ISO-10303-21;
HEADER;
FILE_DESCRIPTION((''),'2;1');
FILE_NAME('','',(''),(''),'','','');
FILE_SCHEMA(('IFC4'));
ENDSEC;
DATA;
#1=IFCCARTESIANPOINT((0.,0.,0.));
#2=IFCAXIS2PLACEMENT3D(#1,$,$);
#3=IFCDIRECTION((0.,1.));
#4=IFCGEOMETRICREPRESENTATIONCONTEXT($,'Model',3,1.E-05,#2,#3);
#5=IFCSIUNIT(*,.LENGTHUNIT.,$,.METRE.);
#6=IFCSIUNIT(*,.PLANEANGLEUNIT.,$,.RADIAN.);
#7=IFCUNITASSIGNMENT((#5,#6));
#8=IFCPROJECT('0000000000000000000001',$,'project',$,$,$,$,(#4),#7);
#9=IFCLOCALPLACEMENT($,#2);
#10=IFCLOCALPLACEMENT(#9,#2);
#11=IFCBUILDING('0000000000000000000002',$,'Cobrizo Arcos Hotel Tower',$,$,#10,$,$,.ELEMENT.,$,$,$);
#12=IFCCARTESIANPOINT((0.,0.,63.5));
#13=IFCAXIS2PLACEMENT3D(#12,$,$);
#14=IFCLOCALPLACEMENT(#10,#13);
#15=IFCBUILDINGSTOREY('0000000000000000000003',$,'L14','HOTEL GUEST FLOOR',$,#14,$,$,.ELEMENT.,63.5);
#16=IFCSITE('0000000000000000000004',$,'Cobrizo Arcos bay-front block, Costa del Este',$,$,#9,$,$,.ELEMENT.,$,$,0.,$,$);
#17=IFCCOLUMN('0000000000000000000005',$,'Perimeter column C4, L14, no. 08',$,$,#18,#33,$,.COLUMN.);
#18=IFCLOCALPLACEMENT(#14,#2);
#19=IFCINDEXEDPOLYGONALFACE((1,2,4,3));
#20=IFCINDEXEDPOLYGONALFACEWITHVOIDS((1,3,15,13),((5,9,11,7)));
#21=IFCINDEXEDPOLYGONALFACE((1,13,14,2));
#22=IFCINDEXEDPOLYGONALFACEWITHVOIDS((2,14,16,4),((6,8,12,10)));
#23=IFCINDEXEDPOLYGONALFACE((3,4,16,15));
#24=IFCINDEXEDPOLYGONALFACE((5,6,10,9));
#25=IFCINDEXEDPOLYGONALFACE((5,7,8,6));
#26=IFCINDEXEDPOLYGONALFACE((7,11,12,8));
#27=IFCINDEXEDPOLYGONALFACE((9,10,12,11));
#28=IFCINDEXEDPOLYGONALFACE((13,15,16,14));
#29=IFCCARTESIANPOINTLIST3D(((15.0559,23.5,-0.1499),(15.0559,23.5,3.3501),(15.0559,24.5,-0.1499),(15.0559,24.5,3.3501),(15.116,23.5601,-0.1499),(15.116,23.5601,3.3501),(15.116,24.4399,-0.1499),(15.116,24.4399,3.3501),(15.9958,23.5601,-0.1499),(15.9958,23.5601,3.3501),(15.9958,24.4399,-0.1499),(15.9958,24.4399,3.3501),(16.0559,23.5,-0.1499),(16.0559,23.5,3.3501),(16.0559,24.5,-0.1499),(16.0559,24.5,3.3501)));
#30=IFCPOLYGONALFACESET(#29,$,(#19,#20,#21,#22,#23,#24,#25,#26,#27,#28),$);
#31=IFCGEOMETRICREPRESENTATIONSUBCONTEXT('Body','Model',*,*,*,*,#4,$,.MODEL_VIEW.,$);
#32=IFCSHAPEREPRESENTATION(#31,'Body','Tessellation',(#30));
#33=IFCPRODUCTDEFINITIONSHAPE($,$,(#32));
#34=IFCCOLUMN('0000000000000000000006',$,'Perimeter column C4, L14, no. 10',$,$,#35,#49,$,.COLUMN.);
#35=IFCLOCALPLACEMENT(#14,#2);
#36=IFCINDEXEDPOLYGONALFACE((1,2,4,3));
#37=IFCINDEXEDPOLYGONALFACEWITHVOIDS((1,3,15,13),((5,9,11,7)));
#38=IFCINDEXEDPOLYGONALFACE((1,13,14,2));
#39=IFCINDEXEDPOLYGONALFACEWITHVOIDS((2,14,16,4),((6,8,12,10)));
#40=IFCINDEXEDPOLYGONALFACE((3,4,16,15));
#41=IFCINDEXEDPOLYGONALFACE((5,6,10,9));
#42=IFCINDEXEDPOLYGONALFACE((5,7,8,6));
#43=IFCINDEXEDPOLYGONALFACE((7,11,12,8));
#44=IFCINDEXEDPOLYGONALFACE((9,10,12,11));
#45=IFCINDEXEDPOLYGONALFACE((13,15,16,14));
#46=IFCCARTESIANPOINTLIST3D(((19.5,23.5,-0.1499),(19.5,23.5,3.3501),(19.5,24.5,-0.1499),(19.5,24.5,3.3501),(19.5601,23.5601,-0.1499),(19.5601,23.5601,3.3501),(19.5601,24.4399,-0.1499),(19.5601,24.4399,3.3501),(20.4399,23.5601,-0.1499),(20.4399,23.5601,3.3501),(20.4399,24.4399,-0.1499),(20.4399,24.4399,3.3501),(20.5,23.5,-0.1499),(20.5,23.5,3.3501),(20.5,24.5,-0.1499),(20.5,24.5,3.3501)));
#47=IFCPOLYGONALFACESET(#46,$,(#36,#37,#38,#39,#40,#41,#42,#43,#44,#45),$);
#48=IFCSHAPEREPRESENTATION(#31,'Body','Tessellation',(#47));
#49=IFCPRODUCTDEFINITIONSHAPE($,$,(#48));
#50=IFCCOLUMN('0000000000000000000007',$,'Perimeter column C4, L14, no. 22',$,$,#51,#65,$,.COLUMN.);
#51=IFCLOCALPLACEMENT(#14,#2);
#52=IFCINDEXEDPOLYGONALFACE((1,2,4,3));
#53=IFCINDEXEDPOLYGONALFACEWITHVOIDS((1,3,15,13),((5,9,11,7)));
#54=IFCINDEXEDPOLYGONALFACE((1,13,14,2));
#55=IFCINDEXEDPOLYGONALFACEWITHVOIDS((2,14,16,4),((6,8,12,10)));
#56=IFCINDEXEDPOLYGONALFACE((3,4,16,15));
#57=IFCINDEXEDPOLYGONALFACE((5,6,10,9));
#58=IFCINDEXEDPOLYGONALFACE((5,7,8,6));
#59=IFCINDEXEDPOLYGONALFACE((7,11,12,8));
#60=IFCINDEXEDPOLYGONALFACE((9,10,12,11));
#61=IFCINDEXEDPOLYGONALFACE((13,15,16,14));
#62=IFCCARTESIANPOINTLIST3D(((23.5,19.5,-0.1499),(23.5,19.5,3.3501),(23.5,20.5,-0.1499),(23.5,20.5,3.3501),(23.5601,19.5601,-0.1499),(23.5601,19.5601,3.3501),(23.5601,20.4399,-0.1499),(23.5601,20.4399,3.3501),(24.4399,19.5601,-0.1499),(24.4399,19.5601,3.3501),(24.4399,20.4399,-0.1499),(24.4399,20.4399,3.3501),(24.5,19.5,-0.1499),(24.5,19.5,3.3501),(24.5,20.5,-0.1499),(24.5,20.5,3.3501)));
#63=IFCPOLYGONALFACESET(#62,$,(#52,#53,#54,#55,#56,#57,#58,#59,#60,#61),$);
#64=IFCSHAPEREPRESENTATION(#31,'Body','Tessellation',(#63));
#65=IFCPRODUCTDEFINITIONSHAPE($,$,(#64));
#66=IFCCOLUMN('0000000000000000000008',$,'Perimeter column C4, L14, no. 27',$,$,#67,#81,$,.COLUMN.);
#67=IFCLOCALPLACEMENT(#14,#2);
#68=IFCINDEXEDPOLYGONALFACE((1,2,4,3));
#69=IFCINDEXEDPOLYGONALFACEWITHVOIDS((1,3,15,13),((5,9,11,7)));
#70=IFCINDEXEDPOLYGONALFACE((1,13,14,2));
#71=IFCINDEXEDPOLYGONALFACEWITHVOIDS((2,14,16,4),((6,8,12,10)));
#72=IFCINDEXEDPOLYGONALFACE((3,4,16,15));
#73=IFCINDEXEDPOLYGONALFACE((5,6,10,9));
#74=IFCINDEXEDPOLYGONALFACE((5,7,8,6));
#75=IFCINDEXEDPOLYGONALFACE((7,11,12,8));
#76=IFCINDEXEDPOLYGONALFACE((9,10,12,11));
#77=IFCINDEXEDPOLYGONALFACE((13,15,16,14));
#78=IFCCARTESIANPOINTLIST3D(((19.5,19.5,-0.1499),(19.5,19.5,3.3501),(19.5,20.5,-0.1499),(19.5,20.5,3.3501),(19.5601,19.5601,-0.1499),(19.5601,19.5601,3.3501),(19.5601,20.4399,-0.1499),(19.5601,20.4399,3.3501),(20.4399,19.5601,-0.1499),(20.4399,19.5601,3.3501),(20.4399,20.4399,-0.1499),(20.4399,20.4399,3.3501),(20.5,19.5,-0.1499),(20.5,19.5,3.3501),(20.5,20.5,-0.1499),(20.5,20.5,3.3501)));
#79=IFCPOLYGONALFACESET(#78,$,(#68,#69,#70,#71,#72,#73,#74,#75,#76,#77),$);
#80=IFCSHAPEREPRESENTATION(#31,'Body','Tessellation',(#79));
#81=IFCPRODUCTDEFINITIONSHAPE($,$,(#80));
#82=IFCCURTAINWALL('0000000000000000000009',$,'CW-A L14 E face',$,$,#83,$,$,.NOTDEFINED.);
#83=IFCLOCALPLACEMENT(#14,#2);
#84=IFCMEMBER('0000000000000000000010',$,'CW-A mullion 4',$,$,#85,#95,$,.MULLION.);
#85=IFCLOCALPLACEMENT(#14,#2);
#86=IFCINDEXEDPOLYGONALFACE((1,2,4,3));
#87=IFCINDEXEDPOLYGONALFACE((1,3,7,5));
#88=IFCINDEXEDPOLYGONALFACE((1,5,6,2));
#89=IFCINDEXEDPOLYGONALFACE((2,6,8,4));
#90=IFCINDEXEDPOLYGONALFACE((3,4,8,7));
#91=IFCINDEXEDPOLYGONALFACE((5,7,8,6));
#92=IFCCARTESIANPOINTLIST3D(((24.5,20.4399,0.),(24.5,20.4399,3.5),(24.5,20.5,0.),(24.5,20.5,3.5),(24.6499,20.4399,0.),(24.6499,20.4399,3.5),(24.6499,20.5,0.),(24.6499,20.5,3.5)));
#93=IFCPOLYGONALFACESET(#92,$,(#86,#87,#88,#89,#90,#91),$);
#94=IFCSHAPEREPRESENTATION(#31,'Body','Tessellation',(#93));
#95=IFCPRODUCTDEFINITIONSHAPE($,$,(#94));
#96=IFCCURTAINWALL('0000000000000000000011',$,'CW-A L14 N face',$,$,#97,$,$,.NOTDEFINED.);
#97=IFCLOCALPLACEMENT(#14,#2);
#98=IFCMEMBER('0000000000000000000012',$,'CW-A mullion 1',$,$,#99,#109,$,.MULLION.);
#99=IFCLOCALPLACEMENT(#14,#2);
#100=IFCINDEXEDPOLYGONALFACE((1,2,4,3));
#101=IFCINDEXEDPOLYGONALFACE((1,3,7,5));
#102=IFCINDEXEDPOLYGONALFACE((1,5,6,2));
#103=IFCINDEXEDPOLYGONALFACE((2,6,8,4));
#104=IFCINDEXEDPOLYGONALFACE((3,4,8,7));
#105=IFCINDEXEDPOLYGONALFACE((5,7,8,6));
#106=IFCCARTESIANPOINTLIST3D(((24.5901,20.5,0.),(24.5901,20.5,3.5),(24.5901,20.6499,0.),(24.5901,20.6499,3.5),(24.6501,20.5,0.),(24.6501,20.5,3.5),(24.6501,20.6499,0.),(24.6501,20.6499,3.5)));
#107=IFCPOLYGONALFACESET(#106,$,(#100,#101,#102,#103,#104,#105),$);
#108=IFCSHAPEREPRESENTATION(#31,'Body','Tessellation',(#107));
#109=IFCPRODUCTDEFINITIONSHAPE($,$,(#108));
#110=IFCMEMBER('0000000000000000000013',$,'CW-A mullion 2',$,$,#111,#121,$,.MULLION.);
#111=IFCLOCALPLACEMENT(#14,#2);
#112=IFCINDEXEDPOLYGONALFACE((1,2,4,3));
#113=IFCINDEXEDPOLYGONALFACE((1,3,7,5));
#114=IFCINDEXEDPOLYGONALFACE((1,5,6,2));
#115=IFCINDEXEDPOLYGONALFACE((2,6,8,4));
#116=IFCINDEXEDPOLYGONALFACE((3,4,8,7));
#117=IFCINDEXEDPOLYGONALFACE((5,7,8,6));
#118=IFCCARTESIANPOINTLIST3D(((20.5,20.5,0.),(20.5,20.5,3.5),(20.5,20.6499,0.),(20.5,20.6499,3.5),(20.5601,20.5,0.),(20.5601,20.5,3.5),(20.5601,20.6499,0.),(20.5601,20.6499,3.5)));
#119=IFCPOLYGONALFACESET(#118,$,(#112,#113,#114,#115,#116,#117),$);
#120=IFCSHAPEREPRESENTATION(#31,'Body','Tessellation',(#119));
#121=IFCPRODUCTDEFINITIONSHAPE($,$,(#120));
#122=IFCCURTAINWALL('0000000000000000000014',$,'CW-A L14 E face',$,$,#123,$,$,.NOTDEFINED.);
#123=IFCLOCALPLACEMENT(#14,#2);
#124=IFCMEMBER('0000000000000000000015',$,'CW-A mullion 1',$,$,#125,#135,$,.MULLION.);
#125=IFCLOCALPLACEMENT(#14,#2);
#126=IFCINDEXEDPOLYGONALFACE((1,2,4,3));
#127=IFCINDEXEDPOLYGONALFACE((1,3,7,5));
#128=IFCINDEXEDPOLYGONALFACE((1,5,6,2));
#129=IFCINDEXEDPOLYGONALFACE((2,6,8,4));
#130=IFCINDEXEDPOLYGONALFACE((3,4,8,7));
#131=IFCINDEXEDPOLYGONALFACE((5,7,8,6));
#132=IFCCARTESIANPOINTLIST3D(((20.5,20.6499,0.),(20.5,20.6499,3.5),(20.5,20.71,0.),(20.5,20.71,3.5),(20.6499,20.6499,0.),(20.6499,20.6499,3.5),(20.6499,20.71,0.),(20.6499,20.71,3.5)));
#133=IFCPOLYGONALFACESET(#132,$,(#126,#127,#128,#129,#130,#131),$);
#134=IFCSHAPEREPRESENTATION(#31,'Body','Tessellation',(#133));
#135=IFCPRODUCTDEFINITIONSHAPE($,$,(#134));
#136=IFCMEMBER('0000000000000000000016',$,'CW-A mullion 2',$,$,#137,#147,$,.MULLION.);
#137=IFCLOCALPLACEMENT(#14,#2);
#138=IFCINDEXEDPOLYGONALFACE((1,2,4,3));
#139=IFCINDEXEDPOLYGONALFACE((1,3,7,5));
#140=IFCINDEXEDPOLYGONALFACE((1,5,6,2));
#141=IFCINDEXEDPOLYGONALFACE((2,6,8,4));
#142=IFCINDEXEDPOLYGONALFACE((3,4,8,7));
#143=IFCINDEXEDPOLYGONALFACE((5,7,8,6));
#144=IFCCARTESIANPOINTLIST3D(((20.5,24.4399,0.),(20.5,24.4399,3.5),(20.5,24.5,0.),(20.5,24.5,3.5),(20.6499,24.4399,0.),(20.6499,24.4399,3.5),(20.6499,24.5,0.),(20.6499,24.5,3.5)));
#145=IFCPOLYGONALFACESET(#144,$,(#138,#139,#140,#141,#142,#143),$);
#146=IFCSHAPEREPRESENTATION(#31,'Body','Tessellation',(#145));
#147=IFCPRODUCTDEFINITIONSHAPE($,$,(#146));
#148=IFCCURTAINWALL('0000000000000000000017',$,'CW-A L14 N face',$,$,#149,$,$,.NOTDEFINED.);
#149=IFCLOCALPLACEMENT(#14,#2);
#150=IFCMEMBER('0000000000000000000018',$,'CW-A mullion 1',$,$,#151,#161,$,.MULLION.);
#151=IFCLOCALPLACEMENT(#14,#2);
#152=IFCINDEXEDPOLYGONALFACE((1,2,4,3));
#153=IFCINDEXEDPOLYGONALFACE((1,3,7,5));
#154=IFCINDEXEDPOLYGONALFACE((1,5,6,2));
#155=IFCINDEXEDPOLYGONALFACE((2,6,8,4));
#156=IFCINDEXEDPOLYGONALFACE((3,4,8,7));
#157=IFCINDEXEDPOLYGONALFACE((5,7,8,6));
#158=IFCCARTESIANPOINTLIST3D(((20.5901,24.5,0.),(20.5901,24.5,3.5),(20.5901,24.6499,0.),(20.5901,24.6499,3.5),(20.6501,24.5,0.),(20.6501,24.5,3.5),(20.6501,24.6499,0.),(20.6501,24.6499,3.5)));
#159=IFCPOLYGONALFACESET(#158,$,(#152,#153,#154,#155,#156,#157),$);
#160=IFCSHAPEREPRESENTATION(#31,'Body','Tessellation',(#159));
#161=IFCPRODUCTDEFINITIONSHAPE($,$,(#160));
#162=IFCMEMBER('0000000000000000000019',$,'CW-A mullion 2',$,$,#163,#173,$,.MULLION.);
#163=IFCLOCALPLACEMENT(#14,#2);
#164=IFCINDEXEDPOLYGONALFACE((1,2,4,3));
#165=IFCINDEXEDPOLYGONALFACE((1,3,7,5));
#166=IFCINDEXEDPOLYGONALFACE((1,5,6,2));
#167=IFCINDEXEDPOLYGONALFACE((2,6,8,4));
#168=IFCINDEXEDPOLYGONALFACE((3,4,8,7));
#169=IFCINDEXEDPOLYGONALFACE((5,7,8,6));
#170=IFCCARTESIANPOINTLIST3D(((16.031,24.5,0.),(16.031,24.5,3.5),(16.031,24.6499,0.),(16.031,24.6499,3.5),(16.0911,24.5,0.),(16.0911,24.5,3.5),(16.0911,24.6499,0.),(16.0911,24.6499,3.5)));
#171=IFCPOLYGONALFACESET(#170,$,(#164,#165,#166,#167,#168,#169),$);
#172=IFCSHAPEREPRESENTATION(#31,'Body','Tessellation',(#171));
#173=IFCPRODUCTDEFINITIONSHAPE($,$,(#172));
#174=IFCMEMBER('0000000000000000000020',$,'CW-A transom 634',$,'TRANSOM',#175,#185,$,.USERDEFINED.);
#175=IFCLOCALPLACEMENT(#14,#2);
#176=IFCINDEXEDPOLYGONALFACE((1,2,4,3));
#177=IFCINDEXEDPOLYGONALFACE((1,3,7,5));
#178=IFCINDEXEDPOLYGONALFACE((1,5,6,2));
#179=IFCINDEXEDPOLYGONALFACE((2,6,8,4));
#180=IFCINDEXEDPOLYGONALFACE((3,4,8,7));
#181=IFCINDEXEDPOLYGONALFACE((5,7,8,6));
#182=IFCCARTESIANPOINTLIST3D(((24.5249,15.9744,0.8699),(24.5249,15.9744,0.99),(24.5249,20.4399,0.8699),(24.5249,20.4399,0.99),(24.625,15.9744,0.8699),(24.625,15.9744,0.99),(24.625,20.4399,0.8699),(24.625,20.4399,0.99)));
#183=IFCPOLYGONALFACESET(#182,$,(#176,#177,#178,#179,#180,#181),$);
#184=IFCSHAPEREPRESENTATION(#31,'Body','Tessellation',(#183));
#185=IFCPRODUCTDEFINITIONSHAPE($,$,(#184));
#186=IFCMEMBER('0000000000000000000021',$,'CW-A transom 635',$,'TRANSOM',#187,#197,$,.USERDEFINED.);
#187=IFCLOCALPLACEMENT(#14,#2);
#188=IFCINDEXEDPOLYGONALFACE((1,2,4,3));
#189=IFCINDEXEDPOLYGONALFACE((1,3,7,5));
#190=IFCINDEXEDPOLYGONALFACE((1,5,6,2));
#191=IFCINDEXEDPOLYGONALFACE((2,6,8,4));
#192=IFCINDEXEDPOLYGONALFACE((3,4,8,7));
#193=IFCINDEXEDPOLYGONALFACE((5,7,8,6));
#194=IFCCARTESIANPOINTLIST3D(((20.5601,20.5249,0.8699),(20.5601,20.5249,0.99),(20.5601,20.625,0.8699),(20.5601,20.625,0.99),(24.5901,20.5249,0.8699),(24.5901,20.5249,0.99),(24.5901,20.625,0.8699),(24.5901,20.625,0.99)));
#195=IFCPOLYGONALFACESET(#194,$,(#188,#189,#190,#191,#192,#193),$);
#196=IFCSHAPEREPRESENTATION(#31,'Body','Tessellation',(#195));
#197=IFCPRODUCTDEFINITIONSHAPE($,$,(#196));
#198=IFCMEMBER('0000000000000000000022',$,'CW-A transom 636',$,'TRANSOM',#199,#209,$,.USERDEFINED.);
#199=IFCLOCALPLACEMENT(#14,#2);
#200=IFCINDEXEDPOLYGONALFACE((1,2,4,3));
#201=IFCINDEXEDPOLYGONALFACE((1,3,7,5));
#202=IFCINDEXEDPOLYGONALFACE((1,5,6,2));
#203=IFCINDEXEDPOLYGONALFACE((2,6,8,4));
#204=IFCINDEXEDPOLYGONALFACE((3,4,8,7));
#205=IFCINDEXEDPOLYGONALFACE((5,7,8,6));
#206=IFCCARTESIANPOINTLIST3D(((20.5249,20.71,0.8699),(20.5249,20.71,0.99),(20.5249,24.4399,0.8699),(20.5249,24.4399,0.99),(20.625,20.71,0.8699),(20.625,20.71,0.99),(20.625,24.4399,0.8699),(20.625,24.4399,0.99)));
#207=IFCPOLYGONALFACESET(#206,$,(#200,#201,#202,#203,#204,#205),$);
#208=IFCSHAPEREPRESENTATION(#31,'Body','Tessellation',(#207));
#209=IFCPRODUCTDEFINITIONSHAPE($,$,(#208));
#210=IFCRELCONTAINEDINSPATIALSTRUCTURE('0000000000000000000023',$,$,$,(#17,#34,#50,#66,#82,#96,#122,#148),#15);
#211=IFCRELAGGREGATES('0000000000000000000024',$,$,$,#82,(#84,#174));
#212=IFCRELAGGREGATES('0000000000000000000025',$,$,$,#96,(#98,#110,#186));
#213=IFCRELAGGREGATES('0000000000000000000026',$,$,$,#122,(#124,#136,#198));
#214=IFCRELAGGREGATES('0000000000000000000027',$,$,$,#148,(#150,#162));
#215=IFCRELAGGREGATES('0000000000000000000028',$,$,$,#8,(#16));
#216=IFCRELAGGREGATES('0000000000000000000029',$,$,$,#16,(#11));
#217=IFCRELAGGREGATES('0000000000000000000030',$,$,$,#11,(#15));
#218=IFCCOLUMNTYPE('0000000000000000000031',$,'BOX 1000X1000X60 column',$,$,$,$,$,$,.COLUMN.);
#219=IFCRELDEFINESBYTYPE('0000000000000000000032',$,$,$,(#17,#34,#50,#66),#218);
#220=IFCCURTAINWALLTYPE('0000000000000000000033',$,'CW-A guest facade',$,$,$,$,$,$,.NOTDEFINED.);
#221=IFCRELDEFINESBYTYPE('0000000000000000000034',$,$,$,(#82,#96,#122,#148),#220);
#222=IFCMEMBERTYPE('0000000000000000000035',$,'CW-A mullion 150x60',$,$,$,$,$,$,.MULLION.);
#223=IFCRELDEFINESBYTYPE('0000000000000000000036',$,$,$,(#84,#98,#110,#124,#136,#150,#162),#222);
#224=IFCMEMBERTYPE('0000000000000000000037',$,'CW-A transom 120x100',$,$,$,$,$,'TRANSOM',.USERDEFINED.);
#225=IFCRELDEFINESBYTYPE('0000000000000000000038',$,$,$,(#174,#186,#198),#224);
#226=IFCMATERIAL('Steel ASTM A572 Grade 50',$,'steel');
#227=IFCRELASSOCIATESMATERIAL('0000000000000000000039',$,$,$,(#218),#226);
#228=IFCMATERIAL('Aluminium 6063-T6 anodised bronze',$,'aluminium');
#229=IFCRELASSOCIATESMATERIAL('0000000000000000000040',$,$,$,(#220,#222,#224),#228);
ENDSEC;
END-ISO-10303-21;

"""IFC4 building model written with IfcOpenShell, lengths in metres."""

from ifc_helpers import new_model, si_unit, direction, frame, origin, origin_2d, place, context, subcontext, project, spatial, rectangle, hollow_rectangle, extrude, material, material_profile, profile_set, type_object, element, aggregate, save


model = new_model("IFC4")

# Units and contexts
model_context = context("Model", 3, precision=1e-05, world=origin(), true_north=direction((0.0, 1.0)))
body_context = subcontext(model_context, "Body", "Model", "MODEL_VIEW")
ifc_project = project(units=[si_unit("LENGTHUNIT", "METRE"), si_unit("PLANEANGLEUNIT", "RADIAN")], contexts=[model_context])

# Site, building, storey
site_placement = place(None, origin())
site = spatial("IfcSite", under=ifc_project, at=site_placement, Name="Cobrizo Arcos bay-front block, Costa del Este", CompositionType="ELEMENT", RefElevation=0.0)
building_placement = place(site_placement, origin())
building = spatial("IfcBuilding", under=site, at=building_placement, Name="Cobrizo Arcos Hotel Tower", CompositionType="ELEMENT")
storey_placement = place(building_placement, frame((0.0, 0.0, 63.5)))
storey = spatial("IfcBuildingStorey", under=building, at=storey_placement, Name="L14", Description="HOTEL GUEST FLOOR", CompositionType="ELEMENT", Elevation=63.5)

# Columns
ifc_material_1 = material(Name="Steel ASTM A572 Grade 50", Category="steel")
ifc_material_profile_1 = material_profile(ifc_material_1, hollow_rectangle(XDim=1.0, YDim=1.0, WallThickness=0.0601, at=origin_2d()), Name="BOX 1000X1000X60")
ifc_profile_set_1 = profile_set([ifc_material_profile_1], Name="Steel ASTM A572 Grade 50")
column_type = type_object("IfcColumnType", Name="BOX 1000X1000X60 column", PredefinedType="COLUMN", material=ifc_profile_set_1)
for number, where, z_axis, x_axis, name in (
    (1, (15.5559, 24.0, -0.1499), (0.0, 0.0, 1.0), (1.0, 0.0, 0.0), "Perimeter column C4, L14, no. 08"),
    (2, (20.0, 24.0, -0.1499), (0.0, 0.0, 1.0), (1.0, 0.0, 0.0), "Perimeter column C4, L14, no. 10"),
    (3, (24.0, 20.0, -0.1499), (0.0, 0.0, 1.0), (1.0, 0.0, 0.0), "Perimeter column C4, L14, no. 22"),
    (4, (20.0, 20.0, -0.1499), (0.0, 0.0, 1.0), (1.0, 0.0, 0.0), "Perimeter column C4, L14, no. 27"),
):
    element("IfcColumn", number, at=place(storey_placement, frame(where, z_axis=z_axis, x_axis=x_axis)), inside=storey, type_object=column_type, Name=name, PredefinedType="COLUMN", context=body_context, shape_type="SweptSolid", body=[
        extrude(hollow_rectangle(XDim=1.0, YDim=1.0, WallThickness=0.0601, at=origin_2d()), origin(), (0.0, 0.0, 1.0), 3.5),
    ])

# Curtain wall, member
ifc_material_2 = material(Name="Aluminium 6063-T6 anodised bronze", Category="aluminium")
curtain_wall_type = type_object("IfcCurtainWallType", Name="CW-A guest facade", PredefinedType="NOTDEFINED", material=ifc_material_2)
curtain_wall_1_placement = place(storey_placement, origin())
curtain_wall_1 = element("IfcCurtainWall", 5, at=curtain_wall_1_placement, inside=storey, type_object=curtain_wall_type, Name="CW-A L14 E face", PredefinedType="NOTDEFINED")
ifc_material_profile_2 = material_profile(ifc_material_2, rectangle(XDim=0.1499, YDim=0.0601, at=origin_2d()), Name="CW-A mullion 150x60")
ifc_profile_set_2 = profile_set([ifc_material_profile_2], Name="Aluminium 6063-T6 anodised bronze")
member_type_1 = type_object("IfcMemberType", Name="CW-A mullion 150x60", PredefinedType="MULLION", material=ifc_profile_set_2)
member_1_placement = place(storey_placement, frame((24.575, 20.47, 0.0), z_axis=(0.0, 0.0, 1.0), x_axis=(1.0, 0.0, 0.0)))
member_1 = element("IfcMember", 6, at=member_1_placement, type_object=member_type_1, Name="CW-A mullion 4", PredefinedType="MULLION", context=body_context, shape_type="SweptSolid", body=[
    extrude(rectangle(XDim=0.1499, YDim=0.0601, at=origin_2d()), origin(), (0.0, 0.0, 1.0), 3.5),
])

# Curtain walls, members
curtain_wall_2_placement = place(storey_placement, origin())
curtain_wall_2 = element("IfcCurtainWall", 7, at=curtain_wall_2_placement, inside=storey, type_object=curtain_wall_type, Name="CW-A L14 N face", PredefinedType="NOTDEFINED")
member_2_placement = place(storey_placement, frame((24.6201, 20.575, 0.0), z_axis=(0.0, 0.0, 1.0), x_axis=(0.0, 1.0, 0.0)))
member_2 = element("IfcMember", 8, at=member_2_placement, type_object=member_type_1, Name="CW-A mullion 1", PredefinedType="MULLION", context=body_context, shape_type="SweptSolid", body=[
    extrude(rectangle(XDim=0.1499, YDim=0.0601, at=origin_2d()), origin(), (0.0, 0.0, 1.0), 3.5),
])
member_3_placement = place(storey_placement, frame((20.53, 20.575, 0.0), z_axis=(0.0, 0.0, 1.0), x_axis=(0.0, 1.0, 0.0)))
member_3 = element("IfcMember", 9, at=member_3_placement, type_object=member_type_1, Name="CW-A mullion 2", PredefinedType="MULLION", context=body_context, shape_type="SweptSolid", body=[
    extrude(rectangle(XDim=0.1499, YDim=0.0601, at=origin_2d()), origin(), (0.0, 0.0, 1.0), 3.5),
])
curtain_wall_3_placement = place(storey_placement, origin())
curtain_wall_3 = element("IfcCurtainWall", 10, at=curtain_wall_3_placement, inside=storey, type_object=curtain_wall_type, Name="CW-A L14 E face", PredefinedType="NOTDEFINED")
member_4_placement = place(storey_placement, frame((20.575, 20.6799, 0.0), z_axis=(0.0, 0.0, 1.0), x_axis=(1.0, 0.0, 0.0)))
member_4 = element("IfcMember", 11, at=member_4_placement, type_object=member_type_1, Name="CW-A mullion 1", PredefinedType="MULLION", context=body_context, shape_type="SweptSolid", body=[
    extrude(rectangle(XDim=0.1499, YDim=0.0601, at=origin_2d()), origin(), (0.0, 0.0, 1.0), 3.5),
])
member_5_placement = place(storey_placement, frame((20.575, 24.47, 0.0), z_axis=(0.0, 0.0, 1.0), x_axis=(1.0, 0.0, 0.0)))
member_5 = element("IfcMember", 12, at=member_5_placement, type_object=member_type_1, Name="CW-A mullion 2", PredefinedType="MULLION", context=body_context, shape_type="SweptSolid", body=[
    extrude(rectangle(XDim=0.1499, YDim=0.0601, at=origin_2d()), origin(), (0.0, 0.0, 1.0), 3.5),
])
curtain_wall_4_placement = place(storey_placement, origin())
curtain_wall_4 = element("IfcCurtainWall", 13, at=curtain_wall_4_placement, inside=storey, type_object=curtain_wall_type, Name="CW-A L14 N face", PredefinedType="NOTDEFINED")
member_6_placement = place(storey_placement, frame((20.6201, 24.575, 0.0), z_axis=(0.0, 0.0, 1.0), x_axis=(0.0, 1.0, 0.0)))
member_6 = element("IfcMember", 14, at=member_6_placement, type_object=member_type_1, Name="CW-A mullion 1", PredefinedType="MULLION", context=body_context, shape_type="SweptSolid", body=[
    extrude(rectangle(XDim=0.1499, YDim=0.0601, at=origin_2d()), origin(), (0.0, 0.0, 1.0), 3.5),
])
member_7_placement = place(storey_placement, frame((16.061, 24.575, 0.0), z_axis=(0.0, 0.0, 1.0), x_axis=(0.0, 1.0, 0.0)))
member_7 = element("IfcMember", 15, at=member_7_placement, type_object=member_type_1, Name="CW-A mullion 2", PredefinedType="MULLION", context=body_context, shape_type="SweptSolid", body=[
    extrude(rectangle(XDim=0.1499, YDim=0.0601, at=origin_2d()), origin(), (0.0, 0.0, 1.0), 3.5),
])

# Members
ifc_material_profile_3 = material_profile(ifc_material_2, rectangle(XDim=0.1001, YDim=0.1201, at=origin_2d()), Name="CW-A transom 120x100")
ifc_profile_set_3 = profile_set([ifc_material_profile_3], Name="Aluminium 6063-T6 anodised bronze")
member_type_2 = type_object("IfcMemberType", Name="CW-A transom 120x100", ElementType="TRANSOM", PredefinedType="USERDEFINED", material=ifc_profile_set_3)
member_8_placement = place(storey_placement, frame((24.575, 15.9744, 0.9299), z_axis=(0.0, 1.0, 0.0), x_axis=(-1.0, 0.0, 0.0)))
member_8 = element("IfcMember", 16, at=member_8_placement, type_object=member_type_2, Name="CW-A transom 634", ObjectType="TRANSOM", PredefinedType="USERDEFINED", context=body_context, shape_type="SweptSolid", body=[
    extrude(rectangle(XDim=0.1001, YDim=0.1201, at=origin_2d()), origin(), (0.0, 0.0, 1.0), 4.4656),
])
member_9_placement = place(storey_placement, frame((24.5901, 20.575, 0.9299), z_axis=(-1.0, 0.0, 0.0), x_axis=(0.0, -1.0, 0.0)))
member_9 = element("IfcMember", 17, at=member_9_placement, type_object=member_type_2, Name="CW-A transom 635", ObjectType="TRANSOM", PredefinedType="USERDEFINED", context=body_context, shape_type="SweptSolid", body=[
    extrude(rectangle(XDim=0.1001, YDim=0.1201, at=origin_2d()), origin(), (0.0, 0.0, 1.0), 4.03),
])
member_10_placement = place(storey_placement, frame((20.575, 20.71, 0.9299), z_axis=(0.0, 1.0, 0.0), x_axis=(-1.0, 0.0, 0.0)))
member_10 = element("IfcMember", 18, at=member_10_placement, type_object=member_type_2, Name="CW-A transom 636", ObjectType="TRANSOM", PredefinedType="USERDEFINED", context=body_context, shape_type="SweptSolid", body=[
    extrude(rectangle(XDim=0.1001, YDim=0.1201, at=origin_2d()), origin(), (0.0, 0.0, 1.0), 3.73),
])

aggregate(curtain_wall_1, [member_1, member_8])
aggregate(curtain_wall_2, [member_2, member_3, member_9])
aggregate(curtain_wall_3, [member_4, member_5, member_10])
aggregate(curtain_wall_4, [member_6, member_7])

save(model, "model.ifc")
